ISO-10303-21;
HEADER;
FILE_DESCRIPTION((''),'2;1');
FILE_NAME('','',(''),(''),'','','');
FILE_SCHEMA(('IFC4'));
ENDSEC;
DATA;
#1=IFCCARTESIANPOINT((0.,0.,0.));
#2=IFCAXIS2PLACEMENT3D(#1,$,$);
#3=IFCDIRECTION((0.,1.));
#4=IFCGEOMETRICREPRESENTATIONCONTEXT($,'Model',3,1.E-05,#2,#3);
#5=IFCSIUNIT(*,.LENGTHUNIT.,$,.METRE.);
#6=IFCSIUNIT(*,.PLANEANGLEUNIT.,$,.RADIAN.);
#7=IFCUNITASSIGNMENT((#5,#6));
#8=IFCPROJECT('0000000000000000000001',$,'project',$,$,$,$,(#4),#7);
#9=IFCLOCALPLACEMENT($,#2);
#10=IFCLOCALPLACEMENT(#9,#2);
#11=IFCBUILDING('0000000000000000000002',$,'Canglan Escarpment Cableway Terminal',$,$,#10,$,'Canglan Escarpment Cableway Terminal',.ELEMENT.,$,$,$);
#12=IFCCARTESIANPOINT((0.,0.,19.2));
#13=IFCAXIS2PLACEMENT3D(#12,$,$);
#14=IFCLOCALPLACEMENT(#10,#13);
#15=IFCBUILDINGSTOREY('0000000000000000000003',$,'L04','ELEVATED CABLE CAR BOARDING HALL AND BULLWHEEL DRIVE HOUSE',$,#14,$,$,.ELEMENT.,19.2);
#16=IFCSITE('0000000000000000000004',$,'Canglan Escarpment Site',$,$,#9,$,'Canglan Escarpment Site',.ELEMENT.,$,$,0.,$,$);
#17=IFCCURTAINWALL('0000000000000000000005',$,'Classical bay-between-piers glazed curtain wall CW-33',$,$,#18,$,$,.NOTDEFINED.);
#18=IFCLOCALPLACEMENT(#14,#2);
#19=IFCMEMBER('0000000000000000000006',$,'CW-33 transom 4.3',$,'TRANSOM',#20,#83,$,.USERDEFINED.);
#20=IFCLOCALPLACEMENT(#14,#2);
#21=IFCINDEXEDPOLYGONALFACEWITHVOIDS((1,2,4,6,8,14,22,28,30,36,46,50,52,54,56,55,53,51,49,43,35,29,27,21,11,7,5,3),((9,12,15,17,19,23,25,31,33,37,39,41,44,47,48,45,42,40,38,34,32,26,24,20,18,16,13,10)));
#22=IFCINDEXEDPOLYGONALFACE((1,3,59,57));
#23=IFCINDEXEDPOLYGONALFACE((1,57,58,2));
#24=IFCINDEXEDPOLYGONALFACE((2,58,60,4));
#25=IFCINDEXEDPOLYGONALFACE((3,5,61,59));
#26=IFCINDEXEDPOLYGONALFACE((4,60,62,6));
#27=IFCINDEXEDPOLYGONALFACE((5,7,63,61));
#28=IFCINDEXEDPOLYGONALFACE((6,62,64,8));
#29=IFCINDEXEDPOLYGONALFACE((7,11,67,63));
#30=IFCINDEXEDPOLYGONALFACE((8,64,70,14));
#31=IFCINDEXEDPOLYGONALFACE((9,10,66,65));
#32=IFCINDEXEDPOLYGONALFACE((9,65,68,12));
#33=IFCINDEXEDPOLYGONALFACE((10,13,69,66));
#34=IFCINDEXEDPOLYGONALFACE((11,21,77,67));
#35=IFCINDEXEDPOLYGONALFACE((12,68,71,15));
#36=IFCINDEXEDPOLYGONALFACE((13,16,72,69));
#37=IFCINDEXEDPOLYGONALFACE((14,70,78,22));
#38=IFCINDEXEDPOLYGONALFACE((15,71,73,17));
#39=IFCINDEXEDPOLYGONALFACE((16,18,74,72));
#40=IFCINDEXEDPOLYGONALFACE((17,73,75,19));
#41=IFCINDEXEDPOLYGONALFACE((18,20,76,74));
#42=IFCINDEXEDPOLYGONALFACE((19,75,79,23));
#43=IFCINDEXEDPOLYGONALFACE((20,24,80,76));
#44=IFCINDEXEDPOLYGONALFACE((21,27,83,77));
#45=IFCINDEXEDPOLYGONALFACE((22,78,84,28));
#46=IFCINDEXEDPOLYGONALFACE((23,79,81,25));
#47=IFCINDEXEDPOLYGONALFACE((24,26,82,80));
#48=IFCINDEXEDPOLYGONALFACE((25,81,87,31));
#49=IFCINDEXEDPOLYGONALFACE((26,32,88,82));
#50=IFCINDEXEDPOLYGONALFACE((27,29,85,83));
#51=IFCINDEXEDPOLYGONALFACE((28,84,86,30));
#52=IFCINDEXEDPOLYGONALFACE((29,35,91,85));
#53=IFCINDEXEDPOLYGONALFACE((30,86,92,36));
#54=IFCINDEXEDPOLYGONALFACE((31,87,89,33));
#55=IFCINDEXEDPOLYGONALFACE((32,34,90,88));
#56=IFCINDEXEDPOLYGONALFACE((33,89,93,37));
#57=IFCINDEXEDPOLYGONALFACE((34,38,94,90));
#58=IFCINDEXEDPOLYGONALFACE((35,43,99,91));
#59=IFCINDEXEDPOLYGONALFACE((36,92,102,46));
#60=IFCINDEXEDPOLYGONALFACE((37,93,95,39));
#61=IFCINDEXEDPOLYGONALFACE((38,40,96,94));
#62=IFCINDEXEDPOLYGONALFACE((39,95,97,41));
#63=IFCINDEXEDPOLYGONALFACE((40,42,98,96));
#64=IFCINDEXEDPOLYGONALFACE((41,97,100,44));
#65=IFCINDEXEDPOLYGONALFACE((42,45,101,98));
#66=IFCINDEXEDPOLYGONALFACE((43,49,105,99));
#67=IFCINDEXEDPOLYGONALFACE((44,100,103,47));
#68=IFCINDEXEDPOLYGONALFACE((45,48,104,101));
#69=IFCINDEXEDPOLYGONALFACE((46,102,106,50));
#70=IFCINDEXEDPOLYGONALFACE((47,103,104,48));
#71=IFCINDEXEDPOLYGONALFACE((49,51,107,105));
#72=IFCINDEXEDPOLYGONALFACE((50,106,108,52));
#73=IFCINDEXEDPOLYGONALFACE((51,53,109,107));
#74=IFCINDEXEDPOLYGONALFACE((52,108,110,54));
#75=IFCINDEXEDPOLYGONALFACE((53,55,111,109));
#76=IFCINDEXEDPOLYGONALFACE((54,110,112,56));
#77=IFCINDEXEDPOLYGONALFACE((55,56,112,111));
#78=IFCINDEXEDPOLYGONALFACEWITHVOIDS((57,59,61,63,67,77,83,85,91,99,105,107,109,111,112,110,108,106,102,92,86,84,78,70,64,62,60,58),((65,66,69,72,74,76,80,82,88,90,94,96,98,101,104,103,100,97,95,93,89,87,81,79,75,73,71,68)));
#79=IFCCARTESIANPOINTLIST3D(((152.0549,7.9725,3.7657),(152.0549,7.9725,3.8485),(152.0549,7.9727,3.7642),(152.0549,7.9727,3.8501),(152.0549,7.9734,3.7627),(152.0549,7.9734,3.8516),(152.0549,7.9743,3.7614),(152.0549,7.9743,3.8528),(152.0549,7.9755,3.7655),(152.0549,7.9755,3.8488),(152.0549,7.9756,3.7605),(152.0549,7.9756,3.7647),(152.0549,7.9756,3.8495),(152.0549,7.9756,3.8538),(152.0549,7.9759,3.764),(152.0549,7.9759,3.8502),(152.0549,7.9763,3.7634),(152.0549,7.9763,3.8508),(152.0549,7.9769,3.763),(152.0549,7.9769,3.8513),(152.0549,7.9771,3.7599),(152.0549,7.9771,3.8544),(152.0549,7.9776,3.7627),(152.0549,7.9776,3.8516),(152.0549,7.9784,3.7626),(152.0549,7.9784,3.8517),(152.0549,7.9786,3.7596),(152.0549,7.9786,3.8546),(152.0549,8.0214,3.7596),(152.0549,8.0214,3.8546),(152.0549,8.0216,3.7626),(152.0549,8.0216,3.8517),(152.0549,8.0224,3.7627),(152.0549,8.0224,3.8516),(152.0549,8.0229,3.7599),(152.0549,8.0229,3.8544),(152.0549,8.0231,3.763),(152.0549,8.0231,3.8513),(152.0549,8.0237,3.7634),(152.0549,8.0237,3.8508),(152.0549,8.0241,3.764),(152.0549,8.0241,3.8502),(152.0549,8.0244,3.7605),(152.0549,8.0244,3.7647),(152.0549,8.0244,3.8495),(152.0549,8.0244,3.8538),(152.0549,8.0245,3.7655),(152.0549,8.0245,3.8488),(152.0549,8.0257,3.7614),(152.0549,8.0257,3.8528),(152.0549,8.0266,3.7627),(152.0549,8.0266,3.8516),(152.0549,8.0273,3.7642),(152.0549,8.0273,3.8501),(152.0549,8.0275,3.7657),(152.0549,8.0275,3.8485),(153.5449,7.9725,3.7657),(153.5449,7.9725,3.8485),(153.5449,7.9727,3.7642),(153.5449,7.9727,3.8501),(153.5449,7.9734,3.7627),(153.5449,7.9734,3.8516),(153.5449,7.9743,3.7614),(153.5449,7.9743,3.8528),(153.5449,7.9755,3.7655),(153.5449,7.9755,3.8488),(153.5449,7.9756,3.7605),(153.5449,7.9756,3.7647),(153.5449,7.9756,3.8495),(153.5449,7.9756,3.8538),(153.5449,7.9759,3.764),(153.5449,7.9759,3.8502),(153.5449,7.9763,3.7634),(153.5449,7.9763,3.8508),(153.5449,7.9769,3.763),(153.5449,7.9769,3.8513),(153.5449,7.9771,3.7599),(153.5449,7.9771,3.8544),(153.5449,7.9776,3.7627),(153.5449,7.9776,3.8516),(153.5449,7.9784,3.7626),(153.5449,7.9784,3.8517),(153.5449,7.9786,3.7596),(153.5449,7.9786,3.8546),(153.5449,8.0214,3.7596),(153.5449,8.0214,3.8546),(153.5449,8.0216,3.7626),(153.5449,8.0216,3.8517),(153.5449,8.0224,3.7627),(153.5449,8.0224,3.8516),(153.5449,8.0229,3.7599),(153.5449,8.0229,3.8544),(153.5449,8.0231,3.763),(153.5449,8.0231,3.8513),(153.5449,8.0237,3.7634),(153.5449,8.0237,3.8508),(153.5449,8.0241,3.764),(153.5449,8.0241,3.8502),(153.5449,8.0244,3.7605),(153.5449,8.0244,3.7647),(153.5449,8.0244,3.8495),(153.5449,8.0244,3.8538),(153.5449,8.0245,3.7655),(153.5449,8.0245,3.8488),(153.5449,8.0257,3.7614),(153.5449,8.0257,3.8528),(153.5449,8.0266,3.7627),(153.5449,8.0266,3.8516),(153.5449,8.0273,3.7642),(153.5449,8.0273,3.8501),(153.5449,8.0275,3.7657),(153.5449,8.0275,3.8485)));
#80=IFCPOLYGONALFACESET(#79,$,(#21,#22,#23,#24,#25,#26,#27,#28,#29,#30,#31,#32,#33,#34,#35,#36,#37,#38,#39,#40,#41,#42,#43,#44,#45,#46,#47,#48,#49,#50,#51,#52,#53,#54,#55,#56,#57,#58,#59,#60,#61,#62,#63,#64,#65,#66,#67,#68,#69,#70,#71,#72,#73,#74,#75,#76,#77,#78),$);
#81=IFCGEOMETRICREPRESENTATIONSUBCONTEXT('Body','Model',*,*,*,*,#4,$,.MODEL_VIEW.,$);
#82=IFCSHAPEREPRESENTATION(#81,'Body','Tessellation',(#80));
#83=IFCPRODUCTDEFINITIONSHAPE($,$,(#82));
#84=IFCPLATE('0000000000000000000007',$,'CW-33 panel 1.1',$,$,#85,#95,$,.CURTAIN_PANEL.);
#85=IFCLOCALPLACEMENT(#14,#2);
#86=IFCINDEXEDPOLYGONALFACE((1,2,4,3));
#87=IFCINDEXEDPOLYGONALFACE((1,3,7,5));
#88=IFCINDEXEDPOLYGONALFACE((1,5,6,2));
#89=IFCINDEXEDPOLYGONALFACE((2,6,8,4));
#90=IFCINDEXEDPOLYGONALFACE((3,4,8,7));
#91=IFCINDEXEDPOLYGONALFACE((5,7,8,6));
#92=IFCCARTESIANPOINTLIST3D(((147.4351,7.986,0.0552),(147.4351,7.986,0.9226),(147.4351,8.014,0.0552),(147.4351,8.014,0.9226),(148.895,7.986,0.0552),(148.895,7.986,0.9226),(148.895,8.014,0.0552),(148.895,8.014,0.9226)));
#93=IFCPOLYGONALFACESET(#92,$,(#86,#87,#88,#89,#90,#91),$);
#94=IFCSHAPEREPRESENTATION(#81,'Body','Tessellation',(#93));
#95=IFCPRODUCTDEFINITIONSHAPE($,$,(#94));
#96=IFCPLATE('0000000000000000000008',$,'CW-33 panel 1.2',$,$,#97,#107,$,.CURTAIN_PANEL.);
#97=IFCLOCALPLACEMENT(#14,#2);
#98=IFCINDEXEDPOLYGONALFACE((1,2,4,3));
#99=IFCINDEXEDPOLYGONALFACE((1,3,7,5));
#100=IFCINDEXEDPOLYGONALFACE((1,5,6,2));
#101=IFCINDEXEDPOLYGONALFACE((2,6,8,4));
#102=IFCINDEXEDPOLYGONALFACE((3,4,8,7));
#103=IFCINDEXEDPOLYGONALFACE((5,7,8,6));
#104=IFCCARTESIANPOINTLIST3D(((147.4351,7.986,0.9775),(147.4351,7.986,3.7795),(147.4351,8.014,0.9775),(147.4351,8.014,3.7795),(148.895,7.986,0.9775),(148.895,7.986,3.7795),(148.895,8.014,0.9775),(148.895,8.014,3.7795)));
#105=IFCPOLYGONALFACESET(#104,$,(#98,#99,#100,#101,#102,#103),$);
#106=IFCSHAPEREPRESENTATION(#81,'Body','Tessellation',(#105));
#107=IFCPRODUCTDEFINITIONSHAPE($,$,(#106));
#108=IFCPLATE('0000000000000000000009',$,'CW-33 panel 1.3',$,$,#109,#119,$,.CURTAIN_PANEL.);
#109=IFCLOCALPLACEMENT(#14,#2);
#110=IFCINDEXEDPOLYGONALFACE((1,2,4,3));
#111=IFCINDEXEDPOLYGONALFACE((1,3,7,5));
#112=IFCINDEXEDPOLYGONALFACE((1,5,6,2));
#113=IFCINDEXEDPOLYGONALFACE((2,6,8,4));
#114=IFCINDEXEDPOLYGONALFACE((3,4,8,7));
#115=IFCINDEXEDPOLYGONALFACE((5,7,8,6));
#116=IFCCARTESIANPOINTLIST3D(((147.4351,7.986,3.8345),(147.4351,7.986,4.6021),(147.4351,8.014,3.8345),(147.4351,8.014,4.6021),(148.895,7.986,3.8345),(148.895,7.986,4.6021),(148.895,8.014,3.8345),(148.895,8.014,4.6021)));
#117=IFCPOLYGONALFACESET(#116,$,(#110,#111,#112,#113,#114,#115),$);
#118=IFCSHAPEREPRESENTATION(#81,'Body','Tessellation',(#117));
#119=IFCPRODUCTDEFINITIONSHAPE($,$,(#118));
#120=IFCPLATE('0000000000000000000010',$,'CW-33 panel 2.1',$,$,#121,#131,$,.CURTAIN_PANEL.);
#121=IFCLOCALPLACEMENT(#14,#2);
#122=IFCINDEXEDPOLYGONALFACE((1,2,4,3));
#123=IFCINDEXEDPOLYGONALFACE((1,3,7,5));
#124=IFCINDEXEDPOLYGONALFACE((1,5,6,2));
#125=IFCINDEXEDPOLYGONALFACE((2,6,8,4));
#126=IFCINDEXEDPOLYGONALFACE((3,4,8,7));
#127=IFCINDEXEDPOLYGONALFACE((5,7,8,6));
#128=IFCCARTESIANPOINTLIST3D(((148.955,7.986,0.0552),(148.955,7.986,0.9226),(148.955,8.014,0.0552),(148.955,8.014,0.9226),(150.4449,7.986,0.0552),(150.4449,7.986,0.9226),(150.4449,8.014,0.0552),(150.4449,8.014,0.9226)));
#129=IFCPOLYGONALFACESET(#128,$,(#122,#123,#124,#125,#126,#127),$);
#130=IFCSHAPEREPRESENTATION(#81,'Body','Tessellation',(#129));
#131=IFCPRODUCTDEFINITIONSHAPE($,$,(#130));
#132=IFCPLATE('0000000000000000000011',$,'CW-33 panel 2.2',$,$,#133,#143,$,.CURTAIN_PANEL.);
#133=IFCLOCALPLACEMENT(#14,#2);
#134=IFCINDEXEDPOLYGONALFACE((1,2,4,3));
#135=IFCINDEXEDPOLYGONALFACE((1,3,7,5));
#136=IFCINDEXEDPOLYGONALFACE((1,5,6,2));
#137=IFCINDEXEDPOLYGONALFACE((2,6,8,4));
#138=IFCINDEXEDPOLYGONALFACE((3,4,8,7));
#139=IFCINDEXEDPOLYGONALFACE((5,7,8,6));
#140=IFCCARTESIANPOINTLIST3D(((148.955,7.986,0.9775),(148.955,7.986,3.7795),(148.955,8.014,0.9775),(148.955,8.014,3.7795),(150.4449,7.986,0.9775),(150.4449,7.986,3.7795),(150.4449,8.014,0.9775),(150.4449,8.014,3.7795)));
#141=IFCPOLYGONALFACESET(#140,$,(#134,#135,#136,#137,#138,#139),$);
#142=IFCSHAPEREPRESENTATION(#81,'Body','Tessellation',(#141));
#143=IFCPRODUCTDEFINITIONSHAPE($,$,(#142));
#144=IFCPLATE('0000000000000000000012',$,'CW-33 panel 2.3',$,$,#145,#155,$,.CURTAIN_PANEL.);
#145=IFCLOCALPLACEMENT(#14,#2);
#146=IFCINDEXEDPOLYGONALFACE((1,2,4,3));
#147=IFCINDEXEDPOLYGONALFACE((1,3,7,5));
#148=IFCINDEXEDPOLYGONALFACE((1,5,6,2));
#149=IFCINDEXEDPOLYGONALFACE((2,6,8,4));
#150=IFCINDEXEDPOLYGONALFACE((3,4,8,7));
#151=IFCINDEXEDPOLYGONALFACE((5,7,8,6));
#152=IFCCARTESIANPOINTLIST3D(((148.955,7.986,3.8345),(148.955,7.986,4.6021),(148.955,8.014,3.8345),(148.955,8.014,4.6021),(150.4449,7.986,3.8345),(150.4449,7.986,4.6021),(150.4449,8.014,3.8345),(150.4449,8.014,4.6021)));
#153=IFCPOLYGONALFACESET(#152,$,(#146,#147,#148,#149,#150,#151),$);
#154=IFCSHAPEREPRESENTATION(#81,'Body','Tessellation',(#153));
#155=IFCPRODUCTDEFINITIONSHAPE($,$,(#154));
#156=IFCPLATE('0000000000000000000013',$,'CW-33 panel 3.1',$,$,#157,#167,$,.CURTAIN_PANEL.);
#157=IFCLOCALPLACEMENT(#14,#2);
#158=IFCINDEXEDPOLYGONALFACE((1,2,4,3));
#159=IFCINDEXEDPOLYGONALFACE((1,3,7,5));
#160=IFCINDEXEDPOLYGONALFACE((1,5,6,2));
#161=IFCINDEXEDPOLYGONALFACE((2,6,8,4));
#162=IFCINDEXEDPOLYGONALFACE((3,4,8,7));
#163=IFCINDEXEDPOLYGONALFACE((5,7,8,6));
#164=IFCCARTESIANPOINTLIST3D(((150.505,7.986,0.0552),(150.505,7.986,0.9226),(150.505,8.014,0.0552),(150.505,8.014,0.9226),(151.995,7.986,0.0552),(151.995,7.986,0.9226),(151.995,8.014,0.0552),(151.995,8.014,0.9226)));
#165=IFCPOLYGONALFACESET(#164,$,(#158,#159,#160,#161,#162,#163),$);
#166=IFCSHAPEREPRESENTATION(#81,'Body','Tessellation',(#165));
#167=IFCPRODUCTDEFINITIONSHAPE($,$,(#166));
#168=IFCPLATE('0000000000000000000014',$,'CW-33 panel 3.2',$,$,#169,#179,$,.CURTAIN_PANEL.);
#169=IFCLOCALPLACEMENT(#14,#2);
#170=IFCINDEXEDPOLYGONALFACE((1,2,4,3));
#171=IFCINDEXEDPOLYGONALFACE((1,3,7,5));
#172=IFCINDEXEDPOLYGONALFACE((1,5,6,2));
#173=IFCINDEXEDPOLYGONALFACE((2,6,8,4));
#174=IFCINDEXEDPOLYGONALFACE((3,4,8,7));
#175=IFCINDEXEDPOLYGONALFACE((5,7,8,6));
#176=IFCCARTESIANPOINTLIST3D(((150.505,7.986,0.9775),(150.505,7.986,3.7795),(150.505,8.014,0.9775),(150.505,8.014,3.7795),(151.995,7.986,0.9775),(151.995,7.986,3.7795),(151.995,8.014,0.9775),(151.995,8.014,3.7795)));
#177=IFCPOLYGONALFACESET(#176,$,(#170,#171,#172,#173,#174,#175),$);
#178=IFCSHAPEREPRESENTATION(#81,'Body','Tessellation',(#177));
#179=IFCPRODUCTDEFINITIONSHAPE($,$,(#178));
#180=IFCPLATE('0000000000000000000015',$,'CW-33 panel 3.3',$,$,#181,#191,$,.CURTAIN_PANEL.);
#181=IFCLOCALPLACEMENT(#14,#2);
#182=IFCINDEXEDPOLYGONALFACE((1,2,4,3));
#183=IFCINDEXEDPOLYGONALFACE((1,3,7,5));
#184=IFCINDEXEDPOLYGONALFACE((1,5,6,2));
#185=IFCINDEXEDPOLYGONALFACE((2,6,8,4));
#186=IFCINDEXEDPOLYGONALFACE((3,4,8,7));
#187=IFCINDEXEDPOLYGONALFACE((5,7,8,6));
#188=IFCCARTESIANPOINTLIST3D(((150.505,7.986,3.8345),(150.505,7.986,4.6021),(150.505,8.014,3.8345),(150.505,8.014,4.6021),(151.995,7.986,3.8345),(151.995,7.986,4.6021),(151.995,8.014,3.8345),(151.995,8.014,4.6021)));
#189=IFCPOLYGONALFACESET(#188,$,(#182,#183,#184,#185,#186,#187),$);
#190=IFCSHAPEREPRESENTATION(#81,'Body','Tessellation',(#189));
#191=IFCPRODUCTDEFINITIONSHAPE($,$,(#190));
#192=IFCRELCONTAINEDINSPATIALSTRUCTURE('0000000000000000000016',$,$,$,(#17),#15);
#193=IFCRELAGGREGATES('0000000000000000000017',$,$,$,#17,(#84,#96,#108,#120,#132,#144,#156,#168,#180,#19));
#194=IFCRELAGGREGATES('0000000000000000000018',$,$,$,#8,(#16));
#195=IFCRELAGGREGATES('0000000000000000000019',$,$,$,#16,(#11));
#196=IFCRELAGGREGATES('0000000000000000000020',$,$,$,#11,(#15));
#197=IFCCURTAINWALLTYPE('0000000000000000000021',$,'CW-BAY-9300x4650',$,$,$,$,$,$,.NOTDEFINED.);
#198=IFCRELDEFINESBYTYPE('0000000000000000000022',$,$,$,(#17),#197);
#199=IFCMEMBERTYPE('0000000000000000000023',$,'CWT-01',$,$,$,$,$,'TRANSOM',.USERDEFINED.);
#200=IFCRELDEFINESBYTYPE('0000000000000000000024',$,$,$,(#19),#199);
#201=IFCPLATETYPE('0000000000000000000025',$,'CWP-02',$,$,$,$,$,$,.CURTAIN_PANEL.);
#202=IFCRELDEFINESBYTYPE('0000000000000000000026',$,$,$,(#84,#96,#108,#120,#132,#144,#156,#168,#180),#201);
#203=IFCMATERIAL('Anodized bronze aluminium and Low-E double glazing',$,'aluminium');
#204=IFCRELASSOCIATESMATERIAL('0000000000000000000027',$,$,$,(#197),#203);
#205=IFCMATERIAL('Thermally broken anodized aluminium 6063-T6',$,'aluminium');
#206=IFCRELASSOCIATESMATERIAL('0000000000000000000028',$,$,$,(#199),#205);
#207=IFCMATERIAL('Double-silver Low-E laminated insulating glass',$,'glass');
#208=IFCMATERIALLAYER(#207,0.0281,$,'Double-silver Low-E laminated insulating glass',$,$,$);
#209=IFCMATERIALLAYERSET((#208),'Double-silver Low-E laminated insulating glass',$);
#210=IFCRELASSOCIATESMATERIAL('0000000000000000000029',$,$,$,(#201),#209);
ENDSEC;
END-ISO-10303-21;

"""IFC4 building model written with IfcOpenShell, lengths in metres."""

from ifc_helpers import new_model, si_unit, direction, frame, origin, origin_2d, place, context, subcontext, project, spatial, rectangle, hollow_rectangle, extrude, material, layer, layer_set, material_profile, profile_set, type_object, element, aggregate, save


model = new_model("IFC4")

# Units and contexts
model_context = context("Model", 3, precision=1e-05, world=origin(), true_north=direction((0.0, 1.0)))
body_context = subcontext(model_context, "Body", "Model", "MODEL_VIEW")
ifc_project = project(units=[si_unit("LENGTHUNIT", "METRE"), si_unit("PLANEANGLEUNIT", "RADIAN")], contexts=[model_context])

# Site, building, storey
site_placement = place(None, origin())
site = spatial("IfcSite", under=ifc_project, at=site_placement, Name="Canglan Escarpment Site", LongName="Canglan Escarpment Site", CompositionType="ELEMENT", RefElevation=0.0)
building_placement = place(site_placement, origin())
building = spatial("IfcBuilding", under=site, at=building_placement, Name="Canglan Escarpment Cableway Terminal", LongName="Canglan Escarpment Cableway Terminal", CompositionType="ELEMENT")
storey_placement = place(building_placement, frame((0.0, 0.0, 19.2)))
storey = spatial("IfcBuildingStorey", under=building, at=storey_placement, Name="L04", Description="ELEVATED CABLE CAR BOARDING HALL AND BULLWHEEL DRIVE HOUSE", CompositionType="ELEMENT", Elevation=19.2)

# Curtain wall, member, plates
ifc_material_1 = material(Name="Anodized bronze aluminium and Low-E double glazing", Category="aluminium")
curtain_wall_type = type_object("IfcCurtainWallType", Name="CW-BAY-9300x4650", PredefinedType="NOTDEFINED", material=ifc_material_1)
curtain_wall_placement = place(storey_placement, origin())
curtain_wall = element("IfcCurtainWall", 1, at=curtain_wall_placement, inside=storey, type_object=curtain_wall_type, Name="Classical bay-between-piers glazed curtain wall CW-33", PredefinedType="NOTDEFINED")
ifc_material_2 = material(Name="Thermally broken anodized aluminium 6063-T6", Category="aluminium")
ifc_material_profile_1 = material_profile(ifc_material_2, hollow_rectangle(XDim=0.0549, YDim=0.095, WallThickness=0.0029, InnerFilletRadius=0.0029, OuterFilletRadius=0.0061, at=origin_2d()), Name="ALU-TRAN 55x95x3")
ifc_profile_set_1 = profile_set([ifc_material_profile_1], Name="Thermally broken anodized aluminium 6063-T6")
member_type_1 = type_object("IfcMemberType", Name="CWT-01", ElementType="TRANSOM", PredefinedType="USERDEFINED", material=ifc_profile_set_1)
member_1_placement = place(storey_placement, frame((152.0549, 8.0, 3.8071), z_axis=(1.0, 0.0, 0.0), x_axis=(0.0, 1.0, 0.0)))
member_1 = element("IfcMember", 2, at=member_1_placement, type_object=member_type_1, Name="CW-33 transom 4.3", ObjectType="TRANSOM", PredefinedType="USERDEFINED", context=body_context, shape_type="SweptSolid", body=[
    extrude(hollow_rectangle(XDim=0.0549, YDim=0.095, WallThickness=0.0029, InnerFilletRadius=0.0029, OuterFilletRadius=0.0061, at=origin_2d()), origin(), (0.0, 0.0, 1.0), 1.49),
])
ifc_material_3 = material(Name="Double-silver Low-E laminated insulating glass", Category="glass")
ifc_layer_1 = layer(ifc_material_3, 0.0281, Name="Double-silver Low-E laminated insulating glass")
ifc_layer_set_1 = layer_set([ifc_layer_1], Name="Double-silver Low-E laminated insulating glass")
plate_type = type_object("IfcPlateType", Name="CWP-02", PredefinedType="CURTAIN_PANEL", material=ifc_layer_set_1)
plate_1_placement = place(storey_placement, frame((148.165, 8.0, 0.0552), z_axis=(0.0, 0.0, 1.0), x_axis=(1.0, 0.0, 0.0)))
plate_1 = element("IfcPlate", 3, at=plate_1_placement, type_object=plate_type, Name="CW-33 panel 1.1", PredefinedType="CURTAIN_PANEL", context=body_context, shape_type="SweptSolid", body=[
    extrude(rectangle(XDim=1.46, YDim=0.0281, at=origin_2d()), origin(), (0.0, 0.0, 1.0), 0.8674),
])
plate_2_placement = place(storey_placement, frame((148.165, 8.0, 0.9775), z_axis=(0.0, 0.0, 1.0), x_axis=(1.0, 0.0, 0.0)))
plate_2 = element("IfcPlate", 4, at=plate_2_placement, type_object=plate_type, Name="CW-33 panel 1.2", PredefinedType="CURTAIN_PANEL", context=body_context, shape_type="SweptSolid", body=[
    extrude(rectangle(XDim=1.46, YDim=0.0281, at=origin_2d()), origin(), (0.0, 0.0, 1.0), 2.802),
])
plate_3_placement = place(storey_placement, frame((148.165, 8.0, 3.8345), z_axis=(0.0, 0.0, 1.0), x_axis=(1.0, 0.0, 0.0)))
plate_3 = element("IfcPlate", 5, at=plate_3_placement, type_object=plate_type, Name="CW-33 panel 1.3", PredefinedType="CURTAIN_PANEL", context=body_context, shape_type="SweptSolid", body=[
    extrude(rectangle(XDim=1.46, YDim=0.0281, at=origin_2d()), origin(), (0.0, 0.0, 1.0), 0.7676),
])
plate_4_placement = place(storey_placement, frame((149.7, 8.0, 0.0552), z_axis=(0.0, 0.0, 1.0), x_axis=(1.0, 0.0, 0.0)))
plate_4 = element("IfcPlate", 6, at=plate_4_placement, type_object=plate_type, Name="CW-33 panel 2.1", PredefinedType="CURTAIN_PANEL", context=body_context, shape_type="SweptSolid", body=[
    extrude(rectangle(XDim=1.49, YDim=0.0281, at=origin_2d()), origin(), (0.0, 0.0, 1.0), 0.8674),
])
plate_5_placement = place(storey_placement, frame((149.7, 8.0, 0.9775), z_axis=(0.0, 0.0, 1.0), x_axis=(1.0, 0.0, 0.0)))
plate_5 = element("IfcPlate", 7, at=plate_5_placement, type_object=plate_type, Name="CW-33 panel 2.2", PredefinedType="CURTAIN_PANEL", context=body_context, shape_type="SweptSolid", body=[
    extrude(rectangle(XDim=1.49, YDim=0.0281, at=origin_2d()), origin(), (0.0, 0.0, 1.0), 2.802),
])
plate_6_placement = place(storey_placement, frame((149.7, 8.0, 3.8345), z_axis=(0.0, 0.0, 1.0), x_axis=(1.0, 0.0, 0.0)))
plate_6 = element("IfcPlate", 8, at=plate_6_placement, type_object=plate_type, Name="CW-33 panel 2.3", PredefinedType="CURTAIN_PANEL", context=body_context, shape_type="SweptSolid", body=[
    extrude(rectangle(XDim=1.49, YDim=0.0281, at=origin_2d()), origin(), (0.0, 0.0, 1.0), 0.7676),
])
plate_7_placement = place(storey_placement, frame((151.25, 8.0, 0.0552), z_axis=(0.0, 0.0, 1.0), x_axis=(1.0, 0.0, 0.0)))
plate_7 = element("IfcPlate", 9, at=plate_7_placement, type_object=plate_type, Name="CW-33 panel 3.1", PredefinedType="CURTAIN_PANEL", context=body_context, shape_type="SweptSolid", body=[
    extrude(rectangle(XDim=1.49, YDim=0.0281, at=origin_2d()), origin(), (0.0, 0.0, 1.0), 0.8674),
])
plate_8_placement = place(storey_placement, frame((151.25, 8.0, 0.9775), z_axis=(0.0, 0.0, 1.0), x_axis=(1.0, 0.0, 0.0)))
plate_8 = element("IfcPlate", 10, at=plate_8_placement, type_object=plate_type, Name="CW-33 panel 3.2", PredefinedType="CURTAIN_PANEL", context=body_context, shape_type="SweptSolid", body=[
    extrude(rectangle(XDim=1.49, YDim=0.0281, at=origin_2d()), origin(), (0.0, 0.0, 1.0), 2.802),
])
plate_9_placement = place(storey_placement, frame((151.25, 8.0, 3.8345), z_axis=(0.0, 0.0, 1.0), x_axis=(1.0, 0.0, 0.0)))
plate_9 = element("IfcPlate", 11, at=plate_9_placement, type_object=plate_type, Name="CW-33 panel 3.3", PredefinedType="CURTAIN_PANEL", context=body_context, shape_type="SweptSolid", body=[
    extrude(rectangle(XDim=1.49, YDim=0.0281, at=origin_2d()), origin(), (0.0, 0.0, 1.0), 0.7676),
])
aggregate(curtain_wall, [plate_1, plate_2, plate_3, plate_4, plate_5, plate_6, plate_7, plate_8, plate_9, member_1])

save(model, "model.ifc")
